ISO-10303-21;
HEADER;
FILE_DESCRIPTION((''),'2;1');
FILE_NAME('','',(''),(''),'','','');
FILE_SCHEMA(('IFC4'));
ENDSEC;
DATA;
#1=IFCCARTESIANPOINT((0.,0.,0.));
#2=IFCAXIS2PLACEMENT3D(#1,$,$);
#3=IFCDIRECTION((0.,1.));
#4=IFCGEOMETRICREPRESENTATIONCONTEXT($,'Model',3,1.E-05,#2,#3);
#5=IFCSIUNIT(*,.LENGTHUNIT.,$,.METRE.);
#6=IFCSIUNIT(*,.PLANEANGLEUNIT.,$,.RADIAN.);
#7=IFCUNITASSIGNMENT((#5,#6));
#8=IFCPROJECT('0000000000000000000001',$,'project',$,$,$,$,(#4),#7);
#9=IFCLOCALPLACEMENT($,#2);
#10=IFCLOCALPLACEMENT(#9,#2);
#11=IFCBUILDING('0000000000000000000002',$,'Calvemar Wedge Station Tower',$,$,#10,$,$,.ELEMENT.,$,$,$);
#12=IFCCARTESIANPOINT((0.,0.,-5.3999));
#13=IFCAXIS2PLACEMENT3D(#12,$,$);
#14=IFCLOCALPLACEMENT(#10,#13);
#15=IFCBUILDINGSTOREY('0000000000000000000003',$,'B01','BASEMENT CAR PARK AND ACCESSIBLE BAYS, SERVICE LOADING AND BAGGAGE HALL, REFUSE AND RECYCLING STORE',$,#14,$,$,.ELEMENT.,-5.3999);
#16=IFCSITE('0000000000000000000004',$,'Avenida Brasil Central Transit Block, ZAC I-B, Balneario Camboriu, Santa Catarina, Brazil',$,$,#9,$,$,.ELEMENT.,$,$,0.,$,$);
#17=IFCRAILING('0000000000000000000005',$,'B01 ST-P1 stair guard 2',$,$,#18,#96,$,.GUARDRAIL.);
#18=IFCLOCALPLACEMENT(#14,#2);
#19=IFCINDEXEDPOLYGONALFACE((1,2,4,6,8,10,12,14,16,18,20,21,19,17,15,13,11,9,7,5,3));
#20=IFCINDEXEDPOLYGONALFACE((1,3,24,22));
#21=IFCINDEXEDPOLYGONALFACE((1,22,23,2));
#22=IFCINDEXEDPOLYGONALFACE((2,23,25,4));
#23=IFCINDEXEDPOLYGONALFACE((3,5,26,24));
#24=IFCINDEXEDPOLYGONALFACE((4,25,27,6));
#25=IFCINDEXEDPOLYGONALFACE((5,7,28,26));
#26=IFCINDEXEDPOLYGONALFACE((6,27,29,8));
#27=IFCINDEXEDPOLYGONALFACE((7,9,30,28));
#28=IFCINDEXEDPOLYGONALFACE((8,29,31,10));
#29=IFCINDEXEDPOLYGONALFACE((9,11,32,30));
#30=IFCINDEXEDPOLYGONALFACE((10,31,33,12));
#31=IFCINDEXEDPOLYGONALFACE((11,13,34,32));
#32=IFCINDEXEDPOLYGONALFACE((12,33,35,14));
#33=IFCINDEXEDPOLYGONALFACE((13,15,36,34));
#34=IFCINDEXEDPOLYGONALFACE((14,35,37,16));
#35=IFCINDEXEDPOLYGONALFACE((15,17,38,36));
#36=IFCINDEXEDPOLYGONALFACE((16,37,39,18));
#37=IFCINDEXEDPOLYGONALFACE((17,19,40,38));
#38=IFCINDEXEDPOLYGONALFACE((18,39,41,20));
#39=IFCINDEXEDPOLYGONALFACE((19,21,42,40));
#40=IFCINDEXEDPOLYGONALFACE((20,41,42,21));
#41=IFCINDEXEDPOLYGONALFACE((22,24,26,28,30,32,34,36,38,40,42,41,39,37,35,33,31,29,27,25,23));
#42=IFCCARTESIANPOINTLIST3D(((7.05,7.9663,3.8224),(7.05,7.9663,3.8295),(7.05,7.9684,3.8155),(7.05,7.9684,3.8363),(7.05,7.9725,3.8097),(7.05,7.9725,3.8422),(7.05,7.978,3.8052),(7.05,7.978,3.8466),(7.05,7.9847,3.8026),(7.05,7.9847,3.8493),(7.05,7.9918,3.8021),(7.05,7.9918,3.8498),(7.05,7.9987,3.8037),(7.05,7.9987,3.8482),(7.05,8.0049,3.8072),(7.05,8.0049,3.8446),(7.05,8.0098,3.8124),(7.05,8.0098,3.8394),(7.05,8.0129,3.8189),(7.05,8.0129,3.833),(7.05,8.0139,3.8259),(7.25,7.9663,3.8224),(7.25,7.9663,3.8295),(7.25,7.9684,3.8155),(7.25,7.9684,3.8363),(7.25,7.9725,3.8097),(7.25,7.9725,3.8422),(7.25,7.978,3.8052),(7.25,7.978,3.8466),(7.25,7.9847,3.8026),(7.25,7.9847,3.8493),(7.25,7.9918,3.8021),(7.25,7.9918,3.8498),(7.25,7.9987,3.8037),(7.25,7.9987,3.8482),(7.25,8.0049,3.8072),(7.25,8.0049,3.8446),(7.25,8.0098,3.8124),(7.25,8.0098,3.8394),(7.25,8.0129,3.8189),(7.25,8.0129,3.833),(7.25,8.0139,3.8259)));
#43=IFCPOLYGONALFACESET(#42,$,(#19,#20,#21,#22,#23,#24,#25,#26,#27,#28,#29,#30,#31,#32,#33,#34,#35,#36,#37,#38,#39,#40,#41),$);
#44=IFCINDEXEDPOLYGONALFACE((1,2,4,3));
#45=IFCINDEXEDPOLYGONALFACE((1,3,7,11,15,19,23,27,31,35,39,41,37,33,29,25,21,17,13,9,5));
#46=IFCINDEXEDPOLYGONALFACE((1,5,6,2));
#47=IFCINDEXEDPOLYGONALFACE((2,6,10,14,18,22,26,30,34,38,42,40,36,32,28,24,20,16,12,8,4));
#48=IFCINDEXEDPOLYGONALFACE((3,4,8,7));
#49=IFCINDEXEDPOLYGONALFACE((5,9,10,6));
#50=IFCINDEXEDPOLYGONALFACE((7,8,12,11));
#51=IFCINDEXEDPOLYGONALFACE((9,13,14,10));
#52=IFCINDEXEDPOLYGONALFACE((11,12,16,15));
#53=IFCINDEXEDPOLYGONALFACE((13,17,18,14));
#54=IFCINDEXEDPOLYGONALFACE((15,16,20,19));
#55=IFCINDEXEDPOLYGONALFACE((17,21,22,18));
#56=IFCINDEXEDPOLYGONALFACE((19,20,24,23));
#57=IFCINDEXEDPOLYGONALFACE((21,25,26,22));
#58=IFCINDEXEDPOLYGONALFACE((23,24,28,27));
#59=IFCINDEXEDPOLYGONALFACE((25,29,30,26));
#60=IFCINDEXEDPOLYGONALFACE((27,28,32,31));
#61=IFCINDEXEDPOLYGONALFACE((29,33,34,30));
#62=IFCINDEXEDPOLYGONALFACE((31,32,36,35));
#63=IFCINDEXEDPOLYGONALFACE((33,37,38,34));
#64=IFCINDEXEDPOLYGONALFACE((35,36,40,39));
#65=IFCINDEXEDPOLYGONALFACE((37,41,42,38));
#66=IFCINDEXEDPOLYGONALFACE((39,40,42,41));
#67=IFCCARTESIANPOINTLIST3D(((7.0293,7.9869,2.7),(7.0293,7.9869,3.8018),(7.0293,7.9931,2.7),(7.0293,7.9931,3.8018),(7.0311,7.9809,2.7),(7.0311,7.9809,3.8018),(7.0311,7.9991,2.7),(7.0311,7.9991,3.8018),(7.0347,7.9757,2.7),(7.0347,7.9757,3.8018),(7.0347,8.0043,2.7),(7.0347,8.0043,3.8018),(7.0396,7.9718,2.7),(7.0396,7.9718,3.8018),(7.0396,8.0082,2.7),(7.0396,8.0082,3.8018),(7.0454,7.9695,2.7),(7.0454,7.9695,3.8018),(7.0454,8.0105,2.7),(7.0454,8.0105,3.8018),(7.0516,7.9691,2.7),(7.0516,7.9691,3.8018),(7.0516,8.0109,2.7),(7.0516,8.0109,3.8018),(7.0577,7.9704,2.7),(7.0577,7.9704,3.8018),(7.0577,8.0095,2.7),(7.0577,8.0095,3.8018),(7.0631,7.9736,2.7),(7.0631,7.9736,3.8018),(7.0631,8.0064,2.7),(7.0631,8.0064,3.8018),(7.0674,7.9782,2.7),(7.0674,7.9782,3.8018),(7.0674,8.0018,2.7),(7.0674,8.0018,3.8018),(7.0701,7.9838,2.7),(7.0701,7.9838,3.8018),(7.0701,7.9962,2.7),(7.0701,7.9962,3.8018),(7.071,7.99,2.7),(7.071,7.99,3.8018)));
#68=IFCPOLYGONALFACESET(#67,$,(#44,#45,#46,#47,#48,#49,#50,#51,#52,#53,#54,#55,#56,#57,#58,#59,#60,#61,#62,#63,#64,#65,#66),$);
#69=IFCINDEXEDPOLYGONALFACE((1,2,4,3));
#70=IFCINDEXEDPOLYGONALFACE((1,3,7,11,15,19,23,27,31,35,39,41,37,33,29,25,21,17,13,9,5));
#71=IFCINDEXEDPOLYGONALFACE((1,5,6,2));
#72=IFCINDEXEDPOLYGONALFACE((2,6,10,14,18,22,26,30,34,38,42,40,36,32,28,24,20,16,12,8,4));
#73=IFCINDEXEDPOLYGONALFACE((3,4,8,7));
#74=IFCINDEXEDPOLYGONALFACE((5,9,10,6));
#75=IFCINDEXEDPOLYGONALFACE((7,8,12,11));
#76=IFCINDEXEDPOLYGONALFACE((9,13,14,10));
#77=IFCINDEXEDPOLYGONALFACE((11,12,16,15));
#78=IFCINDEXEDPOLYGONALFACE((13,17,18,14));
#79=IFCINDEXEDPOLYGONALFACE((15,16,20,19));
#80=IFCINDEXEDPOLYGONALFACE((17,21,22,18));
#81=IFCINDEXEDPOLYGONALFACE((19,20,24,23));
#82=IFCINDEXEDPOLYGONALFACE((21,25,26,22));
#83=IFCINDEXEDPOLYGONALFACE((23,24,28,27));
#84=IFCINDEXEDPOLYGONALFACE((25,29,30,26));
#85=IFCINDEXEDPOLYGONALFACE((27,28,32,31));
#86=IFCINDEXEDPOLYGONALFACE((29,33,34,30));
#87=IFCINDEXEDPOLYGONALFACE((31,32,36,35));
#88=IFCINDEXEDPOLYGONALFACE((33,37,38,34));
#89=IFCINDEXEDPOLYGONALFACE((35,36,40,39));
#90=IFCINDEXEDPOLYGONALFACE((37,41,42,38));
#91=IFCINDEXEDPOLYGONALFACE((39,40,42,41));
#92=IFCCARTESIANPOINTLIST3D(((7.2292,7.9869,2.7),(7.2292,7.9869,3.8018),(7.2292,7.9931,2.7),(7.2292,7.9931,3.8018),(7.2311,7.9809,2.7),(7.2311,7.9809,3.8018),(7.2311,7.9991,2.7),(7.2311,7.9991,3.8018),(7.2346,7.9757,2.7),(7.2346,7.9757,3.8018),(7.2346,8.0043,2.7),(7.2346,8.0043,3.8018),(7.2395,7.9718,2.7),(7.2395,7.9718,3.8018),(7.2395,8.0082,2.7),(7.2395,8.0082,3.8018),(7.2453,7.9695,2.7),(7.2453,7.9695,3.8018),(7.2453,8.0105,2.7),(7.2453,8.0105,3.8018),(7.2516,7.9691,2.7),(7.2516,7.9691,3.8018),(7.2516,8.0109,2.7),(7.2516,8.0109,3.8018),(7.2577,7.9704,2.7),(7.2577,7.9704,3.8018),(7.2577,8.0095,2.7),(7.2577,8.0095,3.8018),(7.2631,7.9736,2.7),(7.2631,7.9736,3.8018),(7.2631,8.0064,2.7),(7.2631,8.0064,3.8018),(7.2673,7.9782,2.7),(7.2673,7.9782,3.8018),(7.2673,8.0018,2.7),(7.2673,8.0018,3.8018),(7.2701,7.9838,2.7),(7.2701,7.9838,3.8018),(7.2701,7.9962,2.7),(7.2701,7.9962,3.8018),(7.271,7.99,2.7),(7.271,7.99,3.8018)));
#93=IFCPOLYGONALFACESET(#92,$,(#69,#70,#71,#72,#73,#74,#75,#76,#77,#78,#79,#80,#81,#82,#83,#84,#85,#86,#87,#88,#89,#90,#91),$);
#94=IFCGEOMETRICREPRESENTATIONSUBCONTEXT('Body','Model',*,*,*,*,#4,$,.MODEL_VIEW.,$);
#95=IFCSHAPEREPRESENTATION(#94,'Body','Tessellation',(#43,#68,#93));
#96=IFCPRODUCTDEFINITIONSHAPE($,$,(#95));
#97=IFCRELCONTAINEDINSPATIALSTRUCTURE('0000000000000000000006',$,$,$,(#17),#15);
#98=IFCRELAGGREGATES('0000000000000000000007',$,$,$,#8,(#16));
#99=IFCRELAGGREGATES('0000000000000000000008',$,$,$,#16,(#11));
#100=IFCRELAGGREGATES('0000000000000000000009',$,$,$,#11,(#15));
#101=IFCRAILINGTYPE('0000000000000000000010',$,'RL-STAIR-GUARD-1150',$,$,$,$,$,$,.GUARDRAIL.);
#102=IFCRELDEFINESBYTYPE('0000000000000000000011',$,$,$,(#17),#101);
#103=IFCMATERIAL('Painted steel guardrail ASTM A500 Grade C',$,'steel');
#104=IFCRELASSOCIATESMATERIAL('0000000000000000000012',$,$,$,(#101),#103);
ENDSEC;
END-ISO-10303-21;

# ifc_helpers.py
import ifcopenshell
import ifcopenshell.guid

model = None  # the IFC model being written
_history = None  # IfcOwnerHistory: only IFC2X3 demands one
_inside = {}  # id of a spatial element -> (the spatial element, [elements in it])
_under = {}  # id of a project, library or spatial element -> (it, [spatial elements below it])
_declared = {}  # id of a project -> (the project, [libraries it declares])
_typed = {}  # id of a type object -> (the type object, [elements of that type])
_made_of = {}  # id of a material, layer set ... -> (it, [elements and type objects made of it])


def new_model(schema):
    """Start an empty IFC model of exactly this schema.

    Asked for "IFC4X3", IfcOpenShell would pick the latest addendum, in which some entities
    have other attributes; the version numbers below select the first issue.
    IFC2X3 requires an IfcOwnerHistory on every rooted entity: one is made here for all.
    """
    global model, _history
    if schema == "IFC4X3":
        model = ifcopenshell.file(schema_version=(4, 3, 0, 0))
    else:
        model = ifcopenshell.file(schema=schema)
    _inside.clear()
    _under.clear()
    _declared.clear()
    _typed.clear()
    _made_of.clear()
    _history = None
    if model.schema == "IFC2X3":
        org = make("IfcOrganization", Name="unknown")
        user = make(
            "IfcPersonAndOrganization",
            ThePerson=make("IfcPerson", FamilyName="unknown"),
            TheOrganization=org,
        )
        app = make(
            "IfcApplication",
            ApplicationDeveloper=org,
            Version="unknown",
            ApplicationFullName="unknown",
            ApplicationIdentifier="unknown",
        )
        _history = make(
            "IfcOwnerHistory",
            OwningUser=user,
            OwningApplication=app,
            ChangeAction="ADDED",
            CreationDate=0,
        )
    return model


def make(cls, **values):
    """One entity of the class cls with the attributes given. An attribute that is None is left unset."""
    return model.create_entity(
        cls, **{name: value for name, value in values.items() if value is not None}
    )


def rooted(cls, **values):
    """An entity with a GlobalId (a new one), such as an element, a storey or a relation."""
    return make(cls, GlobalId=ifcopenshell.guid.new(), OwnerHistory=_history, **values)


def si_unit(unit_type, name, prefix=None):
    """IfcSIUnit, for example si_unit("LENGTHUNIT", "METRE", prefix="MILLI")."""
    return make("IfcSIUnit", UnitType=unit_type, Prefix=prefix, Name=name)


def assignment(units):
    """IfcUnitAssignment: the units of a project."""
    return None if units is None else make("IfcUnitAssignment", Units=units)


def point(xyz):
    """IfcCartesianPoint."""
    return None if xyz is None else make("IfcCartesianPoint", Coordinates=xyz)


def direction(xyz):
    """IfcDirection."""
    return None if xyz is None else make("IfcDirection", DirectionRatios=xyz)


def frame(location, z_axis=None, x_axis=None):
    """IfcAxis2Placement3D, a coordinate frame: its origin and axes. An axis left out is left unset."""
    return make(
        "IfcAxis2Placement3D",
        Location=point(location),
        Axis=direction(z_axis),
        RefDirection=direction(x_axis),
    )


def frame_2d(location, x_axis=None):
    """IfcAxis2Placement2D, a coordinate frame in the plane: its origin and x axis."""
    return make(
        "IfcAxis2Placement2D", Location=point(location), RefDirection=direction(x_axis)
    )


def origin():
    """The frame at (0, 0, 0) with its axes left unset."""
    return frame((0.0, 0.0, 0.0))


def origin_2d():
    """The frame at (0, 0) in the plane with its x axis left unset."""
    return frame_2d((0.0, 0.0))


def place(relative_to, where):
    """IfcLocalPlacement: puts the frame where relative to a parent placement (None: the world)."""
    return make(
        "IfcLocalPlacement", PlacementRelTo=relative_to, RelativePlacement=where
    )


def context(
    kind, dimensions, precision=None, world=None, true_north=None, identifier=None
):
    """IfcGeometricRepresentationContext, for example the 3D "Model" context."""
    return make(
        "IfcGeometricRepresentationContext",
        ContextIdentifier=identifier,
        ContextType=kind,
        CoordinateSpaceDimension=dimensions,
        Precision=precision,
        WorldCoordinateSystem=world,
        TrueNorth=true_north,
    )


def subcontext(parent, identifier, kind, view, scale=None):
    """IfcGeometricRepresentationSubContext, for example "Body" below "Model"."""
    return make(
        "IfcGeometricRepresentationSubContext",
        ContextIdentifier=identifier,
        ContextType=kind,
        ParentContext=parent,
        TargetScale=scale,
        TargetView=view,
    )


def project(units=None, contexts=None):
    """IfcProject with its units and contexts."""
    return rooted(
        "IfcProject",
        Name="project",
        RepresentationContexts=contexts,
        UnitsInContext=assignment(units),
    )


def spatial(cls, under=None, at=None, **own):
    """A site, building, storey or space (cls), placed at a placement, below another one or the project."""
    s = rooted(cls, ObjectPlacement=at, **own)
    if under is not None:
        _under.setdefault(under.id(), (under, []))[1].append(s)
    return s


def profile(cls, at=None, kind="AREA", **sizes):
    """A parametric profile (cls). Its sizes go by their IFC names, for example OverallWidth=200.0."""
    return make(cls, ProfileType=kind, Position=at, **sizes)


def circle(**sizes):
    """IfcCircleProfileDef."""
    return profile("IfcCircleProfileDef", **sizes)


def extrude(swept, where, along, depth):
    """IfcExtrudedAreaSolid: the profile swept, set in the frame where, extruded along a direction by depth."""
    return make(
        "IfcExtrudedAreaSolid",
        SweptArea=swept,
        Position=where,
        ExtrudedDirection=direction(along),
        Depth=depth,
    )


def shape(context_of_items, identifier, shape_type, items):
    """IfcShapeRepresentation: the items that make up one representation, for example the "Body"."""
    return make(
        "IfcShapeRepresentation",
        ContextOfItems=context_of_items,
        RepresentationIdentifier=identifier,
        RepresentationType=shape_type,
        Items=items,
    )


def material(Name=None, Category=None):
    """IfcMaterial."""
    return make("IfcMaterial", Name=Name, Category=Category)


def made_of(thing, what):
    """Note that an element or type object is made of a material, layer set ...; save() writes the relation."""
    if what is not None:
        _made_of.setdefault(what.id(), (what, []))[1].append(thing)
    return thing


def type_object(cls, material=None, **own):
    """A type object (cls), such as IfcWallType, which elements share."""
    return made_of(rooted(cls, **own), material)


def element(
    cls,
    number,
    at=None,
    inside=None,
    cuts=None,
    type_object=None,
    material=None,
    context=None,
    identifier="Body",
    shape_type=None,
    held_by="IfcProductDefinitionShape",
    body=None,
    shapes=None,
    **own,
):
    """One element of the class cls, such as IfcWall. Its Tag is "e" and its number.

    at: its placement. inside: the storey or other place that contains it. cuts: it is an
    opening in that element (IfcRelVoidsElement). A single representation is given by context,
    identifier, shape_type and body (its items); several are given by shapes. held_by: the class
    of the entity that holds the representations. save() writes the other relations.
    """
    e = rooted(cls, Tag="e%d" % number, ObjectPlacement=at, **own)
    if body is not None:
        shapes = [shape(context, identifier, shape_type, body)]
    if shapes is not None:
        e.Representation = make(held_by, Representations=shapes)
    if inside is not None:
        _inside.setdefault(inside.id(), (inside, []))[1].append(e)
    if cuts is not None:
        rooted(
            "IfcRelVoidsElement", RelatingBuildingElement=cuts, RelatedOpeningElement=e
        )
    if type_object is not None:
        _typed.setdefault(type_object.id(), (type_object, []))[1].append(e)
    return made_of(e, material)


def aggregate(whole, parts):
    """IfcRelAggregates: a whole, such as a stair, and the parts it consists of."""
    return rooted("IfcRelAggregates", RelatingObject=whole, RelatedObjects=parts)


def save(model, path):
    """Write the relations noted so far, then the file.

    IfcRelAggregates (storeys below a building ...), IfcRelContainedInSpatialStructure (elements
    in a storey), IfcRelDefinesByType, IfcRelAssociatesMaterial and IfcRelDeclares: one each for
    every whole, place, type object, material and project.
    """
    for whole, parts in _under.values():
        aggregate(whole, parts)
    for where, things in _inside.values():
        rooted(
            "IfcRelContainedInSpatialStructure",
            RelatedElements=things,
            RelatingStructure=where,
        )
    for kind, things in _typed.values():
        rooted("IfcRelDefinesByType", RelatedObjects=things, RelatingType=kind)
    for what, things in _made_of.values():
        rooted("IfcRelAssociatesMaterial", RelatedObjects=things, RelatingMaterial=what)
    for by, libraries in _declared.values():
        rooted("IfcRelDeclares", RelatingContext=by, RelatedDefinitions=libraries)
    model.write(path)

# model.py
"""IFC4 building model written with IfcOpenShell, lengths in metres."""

from ifc_helpers import new_model, si_unit, direction, frame, origin, origin_2d, place, context, subcontext, project, spatial, circle, extrude, material, type_object, element, save


model = new_model("IFC4")

# Units and contexts
model_context = context("Model", 3, precision=1e-05, world=origin(), true_north=direction((0.0, 1.0)))
body_context = subcontext(model_context, "Body", "Model", "MODEL_VIEW")
ifc_project = project(units=[si_unit("LENGTHUNIT", "METRE"), si_unit("PLANEANGLEUNIT", "RADIAN")], contexts=[model_context])

# Site, building, storey
site_placement = place(None, origin())
site = spatial("IfcSite", under=ifc_project, at=site_placement, Name="Avenida Brasil Central Transit Block, ZAC I-B, Balneario Camboriu, Santa Catarina, Brazil", CompositionType="ELEMENT", RefElevation=0.0)
building_placement = place(site_placement, origin())
building = spatial("IfcBuilding", under=site, at=building_placement, Name="Calvemar Wedge Station Tower", CompositionType="ELEMENT")
storey_placement = place(building_placement, frame((0.0, 0.0, -5.3999)))
storey = spatial("IfcBuildingStorey", under=building, at=storey_placement, Name="B01", Description="BASEMENT CAR PARK AND ACCESSIBLE BAYS, SERVICE LOADING AND BAGGAGE HALL, REFUSE AND RECYCLING STORE", CompositionType="ELEMENT", Elevation=-5.3999)

# Railing
ifc_material_1 = material(Name="Painted steel guardrail ASTM A500 Grade C", Category="steel")
railing_type_1 = type_object("IfcRailingType", Name="RL-STAIR-GUARD-1150", PredefinedType="GUARDRAIL", material=ifc_material_1)
railing_1_placement = place(storey_placement, frame((7.05, 7.99, 2.7)))
element("IfcRailing", 1, at=railing_1_placement, inside=storey, type_object=railing_type_1, Name="B01 ST-P1 stair guard 2", PredefinedType="GUARDRAIL", context=body_context, shape_type="SweptSolid", body=[
    extrude(circle(Radius=0.0239, at=origin_2d()), frame((0.0, 0.0, 1.126), z_axis=(1.0, 0.0, 0.0), x_axis=(0.0, 1.0, 0.0)), (0.0, 0.0, 1.0), 0.2),
    extrude(circle(Radius=0.021, at=origin_2d()), origin(), (0.0, 0.0, 1.0), 1.1018),
    extrude(circle(Radius=0.021, at=origin_2d()), frame((0.2, 0.0, 0.0)), (0.0, 0.0, 1.0), 1.1018),
])

save(model, "model.ifc")
